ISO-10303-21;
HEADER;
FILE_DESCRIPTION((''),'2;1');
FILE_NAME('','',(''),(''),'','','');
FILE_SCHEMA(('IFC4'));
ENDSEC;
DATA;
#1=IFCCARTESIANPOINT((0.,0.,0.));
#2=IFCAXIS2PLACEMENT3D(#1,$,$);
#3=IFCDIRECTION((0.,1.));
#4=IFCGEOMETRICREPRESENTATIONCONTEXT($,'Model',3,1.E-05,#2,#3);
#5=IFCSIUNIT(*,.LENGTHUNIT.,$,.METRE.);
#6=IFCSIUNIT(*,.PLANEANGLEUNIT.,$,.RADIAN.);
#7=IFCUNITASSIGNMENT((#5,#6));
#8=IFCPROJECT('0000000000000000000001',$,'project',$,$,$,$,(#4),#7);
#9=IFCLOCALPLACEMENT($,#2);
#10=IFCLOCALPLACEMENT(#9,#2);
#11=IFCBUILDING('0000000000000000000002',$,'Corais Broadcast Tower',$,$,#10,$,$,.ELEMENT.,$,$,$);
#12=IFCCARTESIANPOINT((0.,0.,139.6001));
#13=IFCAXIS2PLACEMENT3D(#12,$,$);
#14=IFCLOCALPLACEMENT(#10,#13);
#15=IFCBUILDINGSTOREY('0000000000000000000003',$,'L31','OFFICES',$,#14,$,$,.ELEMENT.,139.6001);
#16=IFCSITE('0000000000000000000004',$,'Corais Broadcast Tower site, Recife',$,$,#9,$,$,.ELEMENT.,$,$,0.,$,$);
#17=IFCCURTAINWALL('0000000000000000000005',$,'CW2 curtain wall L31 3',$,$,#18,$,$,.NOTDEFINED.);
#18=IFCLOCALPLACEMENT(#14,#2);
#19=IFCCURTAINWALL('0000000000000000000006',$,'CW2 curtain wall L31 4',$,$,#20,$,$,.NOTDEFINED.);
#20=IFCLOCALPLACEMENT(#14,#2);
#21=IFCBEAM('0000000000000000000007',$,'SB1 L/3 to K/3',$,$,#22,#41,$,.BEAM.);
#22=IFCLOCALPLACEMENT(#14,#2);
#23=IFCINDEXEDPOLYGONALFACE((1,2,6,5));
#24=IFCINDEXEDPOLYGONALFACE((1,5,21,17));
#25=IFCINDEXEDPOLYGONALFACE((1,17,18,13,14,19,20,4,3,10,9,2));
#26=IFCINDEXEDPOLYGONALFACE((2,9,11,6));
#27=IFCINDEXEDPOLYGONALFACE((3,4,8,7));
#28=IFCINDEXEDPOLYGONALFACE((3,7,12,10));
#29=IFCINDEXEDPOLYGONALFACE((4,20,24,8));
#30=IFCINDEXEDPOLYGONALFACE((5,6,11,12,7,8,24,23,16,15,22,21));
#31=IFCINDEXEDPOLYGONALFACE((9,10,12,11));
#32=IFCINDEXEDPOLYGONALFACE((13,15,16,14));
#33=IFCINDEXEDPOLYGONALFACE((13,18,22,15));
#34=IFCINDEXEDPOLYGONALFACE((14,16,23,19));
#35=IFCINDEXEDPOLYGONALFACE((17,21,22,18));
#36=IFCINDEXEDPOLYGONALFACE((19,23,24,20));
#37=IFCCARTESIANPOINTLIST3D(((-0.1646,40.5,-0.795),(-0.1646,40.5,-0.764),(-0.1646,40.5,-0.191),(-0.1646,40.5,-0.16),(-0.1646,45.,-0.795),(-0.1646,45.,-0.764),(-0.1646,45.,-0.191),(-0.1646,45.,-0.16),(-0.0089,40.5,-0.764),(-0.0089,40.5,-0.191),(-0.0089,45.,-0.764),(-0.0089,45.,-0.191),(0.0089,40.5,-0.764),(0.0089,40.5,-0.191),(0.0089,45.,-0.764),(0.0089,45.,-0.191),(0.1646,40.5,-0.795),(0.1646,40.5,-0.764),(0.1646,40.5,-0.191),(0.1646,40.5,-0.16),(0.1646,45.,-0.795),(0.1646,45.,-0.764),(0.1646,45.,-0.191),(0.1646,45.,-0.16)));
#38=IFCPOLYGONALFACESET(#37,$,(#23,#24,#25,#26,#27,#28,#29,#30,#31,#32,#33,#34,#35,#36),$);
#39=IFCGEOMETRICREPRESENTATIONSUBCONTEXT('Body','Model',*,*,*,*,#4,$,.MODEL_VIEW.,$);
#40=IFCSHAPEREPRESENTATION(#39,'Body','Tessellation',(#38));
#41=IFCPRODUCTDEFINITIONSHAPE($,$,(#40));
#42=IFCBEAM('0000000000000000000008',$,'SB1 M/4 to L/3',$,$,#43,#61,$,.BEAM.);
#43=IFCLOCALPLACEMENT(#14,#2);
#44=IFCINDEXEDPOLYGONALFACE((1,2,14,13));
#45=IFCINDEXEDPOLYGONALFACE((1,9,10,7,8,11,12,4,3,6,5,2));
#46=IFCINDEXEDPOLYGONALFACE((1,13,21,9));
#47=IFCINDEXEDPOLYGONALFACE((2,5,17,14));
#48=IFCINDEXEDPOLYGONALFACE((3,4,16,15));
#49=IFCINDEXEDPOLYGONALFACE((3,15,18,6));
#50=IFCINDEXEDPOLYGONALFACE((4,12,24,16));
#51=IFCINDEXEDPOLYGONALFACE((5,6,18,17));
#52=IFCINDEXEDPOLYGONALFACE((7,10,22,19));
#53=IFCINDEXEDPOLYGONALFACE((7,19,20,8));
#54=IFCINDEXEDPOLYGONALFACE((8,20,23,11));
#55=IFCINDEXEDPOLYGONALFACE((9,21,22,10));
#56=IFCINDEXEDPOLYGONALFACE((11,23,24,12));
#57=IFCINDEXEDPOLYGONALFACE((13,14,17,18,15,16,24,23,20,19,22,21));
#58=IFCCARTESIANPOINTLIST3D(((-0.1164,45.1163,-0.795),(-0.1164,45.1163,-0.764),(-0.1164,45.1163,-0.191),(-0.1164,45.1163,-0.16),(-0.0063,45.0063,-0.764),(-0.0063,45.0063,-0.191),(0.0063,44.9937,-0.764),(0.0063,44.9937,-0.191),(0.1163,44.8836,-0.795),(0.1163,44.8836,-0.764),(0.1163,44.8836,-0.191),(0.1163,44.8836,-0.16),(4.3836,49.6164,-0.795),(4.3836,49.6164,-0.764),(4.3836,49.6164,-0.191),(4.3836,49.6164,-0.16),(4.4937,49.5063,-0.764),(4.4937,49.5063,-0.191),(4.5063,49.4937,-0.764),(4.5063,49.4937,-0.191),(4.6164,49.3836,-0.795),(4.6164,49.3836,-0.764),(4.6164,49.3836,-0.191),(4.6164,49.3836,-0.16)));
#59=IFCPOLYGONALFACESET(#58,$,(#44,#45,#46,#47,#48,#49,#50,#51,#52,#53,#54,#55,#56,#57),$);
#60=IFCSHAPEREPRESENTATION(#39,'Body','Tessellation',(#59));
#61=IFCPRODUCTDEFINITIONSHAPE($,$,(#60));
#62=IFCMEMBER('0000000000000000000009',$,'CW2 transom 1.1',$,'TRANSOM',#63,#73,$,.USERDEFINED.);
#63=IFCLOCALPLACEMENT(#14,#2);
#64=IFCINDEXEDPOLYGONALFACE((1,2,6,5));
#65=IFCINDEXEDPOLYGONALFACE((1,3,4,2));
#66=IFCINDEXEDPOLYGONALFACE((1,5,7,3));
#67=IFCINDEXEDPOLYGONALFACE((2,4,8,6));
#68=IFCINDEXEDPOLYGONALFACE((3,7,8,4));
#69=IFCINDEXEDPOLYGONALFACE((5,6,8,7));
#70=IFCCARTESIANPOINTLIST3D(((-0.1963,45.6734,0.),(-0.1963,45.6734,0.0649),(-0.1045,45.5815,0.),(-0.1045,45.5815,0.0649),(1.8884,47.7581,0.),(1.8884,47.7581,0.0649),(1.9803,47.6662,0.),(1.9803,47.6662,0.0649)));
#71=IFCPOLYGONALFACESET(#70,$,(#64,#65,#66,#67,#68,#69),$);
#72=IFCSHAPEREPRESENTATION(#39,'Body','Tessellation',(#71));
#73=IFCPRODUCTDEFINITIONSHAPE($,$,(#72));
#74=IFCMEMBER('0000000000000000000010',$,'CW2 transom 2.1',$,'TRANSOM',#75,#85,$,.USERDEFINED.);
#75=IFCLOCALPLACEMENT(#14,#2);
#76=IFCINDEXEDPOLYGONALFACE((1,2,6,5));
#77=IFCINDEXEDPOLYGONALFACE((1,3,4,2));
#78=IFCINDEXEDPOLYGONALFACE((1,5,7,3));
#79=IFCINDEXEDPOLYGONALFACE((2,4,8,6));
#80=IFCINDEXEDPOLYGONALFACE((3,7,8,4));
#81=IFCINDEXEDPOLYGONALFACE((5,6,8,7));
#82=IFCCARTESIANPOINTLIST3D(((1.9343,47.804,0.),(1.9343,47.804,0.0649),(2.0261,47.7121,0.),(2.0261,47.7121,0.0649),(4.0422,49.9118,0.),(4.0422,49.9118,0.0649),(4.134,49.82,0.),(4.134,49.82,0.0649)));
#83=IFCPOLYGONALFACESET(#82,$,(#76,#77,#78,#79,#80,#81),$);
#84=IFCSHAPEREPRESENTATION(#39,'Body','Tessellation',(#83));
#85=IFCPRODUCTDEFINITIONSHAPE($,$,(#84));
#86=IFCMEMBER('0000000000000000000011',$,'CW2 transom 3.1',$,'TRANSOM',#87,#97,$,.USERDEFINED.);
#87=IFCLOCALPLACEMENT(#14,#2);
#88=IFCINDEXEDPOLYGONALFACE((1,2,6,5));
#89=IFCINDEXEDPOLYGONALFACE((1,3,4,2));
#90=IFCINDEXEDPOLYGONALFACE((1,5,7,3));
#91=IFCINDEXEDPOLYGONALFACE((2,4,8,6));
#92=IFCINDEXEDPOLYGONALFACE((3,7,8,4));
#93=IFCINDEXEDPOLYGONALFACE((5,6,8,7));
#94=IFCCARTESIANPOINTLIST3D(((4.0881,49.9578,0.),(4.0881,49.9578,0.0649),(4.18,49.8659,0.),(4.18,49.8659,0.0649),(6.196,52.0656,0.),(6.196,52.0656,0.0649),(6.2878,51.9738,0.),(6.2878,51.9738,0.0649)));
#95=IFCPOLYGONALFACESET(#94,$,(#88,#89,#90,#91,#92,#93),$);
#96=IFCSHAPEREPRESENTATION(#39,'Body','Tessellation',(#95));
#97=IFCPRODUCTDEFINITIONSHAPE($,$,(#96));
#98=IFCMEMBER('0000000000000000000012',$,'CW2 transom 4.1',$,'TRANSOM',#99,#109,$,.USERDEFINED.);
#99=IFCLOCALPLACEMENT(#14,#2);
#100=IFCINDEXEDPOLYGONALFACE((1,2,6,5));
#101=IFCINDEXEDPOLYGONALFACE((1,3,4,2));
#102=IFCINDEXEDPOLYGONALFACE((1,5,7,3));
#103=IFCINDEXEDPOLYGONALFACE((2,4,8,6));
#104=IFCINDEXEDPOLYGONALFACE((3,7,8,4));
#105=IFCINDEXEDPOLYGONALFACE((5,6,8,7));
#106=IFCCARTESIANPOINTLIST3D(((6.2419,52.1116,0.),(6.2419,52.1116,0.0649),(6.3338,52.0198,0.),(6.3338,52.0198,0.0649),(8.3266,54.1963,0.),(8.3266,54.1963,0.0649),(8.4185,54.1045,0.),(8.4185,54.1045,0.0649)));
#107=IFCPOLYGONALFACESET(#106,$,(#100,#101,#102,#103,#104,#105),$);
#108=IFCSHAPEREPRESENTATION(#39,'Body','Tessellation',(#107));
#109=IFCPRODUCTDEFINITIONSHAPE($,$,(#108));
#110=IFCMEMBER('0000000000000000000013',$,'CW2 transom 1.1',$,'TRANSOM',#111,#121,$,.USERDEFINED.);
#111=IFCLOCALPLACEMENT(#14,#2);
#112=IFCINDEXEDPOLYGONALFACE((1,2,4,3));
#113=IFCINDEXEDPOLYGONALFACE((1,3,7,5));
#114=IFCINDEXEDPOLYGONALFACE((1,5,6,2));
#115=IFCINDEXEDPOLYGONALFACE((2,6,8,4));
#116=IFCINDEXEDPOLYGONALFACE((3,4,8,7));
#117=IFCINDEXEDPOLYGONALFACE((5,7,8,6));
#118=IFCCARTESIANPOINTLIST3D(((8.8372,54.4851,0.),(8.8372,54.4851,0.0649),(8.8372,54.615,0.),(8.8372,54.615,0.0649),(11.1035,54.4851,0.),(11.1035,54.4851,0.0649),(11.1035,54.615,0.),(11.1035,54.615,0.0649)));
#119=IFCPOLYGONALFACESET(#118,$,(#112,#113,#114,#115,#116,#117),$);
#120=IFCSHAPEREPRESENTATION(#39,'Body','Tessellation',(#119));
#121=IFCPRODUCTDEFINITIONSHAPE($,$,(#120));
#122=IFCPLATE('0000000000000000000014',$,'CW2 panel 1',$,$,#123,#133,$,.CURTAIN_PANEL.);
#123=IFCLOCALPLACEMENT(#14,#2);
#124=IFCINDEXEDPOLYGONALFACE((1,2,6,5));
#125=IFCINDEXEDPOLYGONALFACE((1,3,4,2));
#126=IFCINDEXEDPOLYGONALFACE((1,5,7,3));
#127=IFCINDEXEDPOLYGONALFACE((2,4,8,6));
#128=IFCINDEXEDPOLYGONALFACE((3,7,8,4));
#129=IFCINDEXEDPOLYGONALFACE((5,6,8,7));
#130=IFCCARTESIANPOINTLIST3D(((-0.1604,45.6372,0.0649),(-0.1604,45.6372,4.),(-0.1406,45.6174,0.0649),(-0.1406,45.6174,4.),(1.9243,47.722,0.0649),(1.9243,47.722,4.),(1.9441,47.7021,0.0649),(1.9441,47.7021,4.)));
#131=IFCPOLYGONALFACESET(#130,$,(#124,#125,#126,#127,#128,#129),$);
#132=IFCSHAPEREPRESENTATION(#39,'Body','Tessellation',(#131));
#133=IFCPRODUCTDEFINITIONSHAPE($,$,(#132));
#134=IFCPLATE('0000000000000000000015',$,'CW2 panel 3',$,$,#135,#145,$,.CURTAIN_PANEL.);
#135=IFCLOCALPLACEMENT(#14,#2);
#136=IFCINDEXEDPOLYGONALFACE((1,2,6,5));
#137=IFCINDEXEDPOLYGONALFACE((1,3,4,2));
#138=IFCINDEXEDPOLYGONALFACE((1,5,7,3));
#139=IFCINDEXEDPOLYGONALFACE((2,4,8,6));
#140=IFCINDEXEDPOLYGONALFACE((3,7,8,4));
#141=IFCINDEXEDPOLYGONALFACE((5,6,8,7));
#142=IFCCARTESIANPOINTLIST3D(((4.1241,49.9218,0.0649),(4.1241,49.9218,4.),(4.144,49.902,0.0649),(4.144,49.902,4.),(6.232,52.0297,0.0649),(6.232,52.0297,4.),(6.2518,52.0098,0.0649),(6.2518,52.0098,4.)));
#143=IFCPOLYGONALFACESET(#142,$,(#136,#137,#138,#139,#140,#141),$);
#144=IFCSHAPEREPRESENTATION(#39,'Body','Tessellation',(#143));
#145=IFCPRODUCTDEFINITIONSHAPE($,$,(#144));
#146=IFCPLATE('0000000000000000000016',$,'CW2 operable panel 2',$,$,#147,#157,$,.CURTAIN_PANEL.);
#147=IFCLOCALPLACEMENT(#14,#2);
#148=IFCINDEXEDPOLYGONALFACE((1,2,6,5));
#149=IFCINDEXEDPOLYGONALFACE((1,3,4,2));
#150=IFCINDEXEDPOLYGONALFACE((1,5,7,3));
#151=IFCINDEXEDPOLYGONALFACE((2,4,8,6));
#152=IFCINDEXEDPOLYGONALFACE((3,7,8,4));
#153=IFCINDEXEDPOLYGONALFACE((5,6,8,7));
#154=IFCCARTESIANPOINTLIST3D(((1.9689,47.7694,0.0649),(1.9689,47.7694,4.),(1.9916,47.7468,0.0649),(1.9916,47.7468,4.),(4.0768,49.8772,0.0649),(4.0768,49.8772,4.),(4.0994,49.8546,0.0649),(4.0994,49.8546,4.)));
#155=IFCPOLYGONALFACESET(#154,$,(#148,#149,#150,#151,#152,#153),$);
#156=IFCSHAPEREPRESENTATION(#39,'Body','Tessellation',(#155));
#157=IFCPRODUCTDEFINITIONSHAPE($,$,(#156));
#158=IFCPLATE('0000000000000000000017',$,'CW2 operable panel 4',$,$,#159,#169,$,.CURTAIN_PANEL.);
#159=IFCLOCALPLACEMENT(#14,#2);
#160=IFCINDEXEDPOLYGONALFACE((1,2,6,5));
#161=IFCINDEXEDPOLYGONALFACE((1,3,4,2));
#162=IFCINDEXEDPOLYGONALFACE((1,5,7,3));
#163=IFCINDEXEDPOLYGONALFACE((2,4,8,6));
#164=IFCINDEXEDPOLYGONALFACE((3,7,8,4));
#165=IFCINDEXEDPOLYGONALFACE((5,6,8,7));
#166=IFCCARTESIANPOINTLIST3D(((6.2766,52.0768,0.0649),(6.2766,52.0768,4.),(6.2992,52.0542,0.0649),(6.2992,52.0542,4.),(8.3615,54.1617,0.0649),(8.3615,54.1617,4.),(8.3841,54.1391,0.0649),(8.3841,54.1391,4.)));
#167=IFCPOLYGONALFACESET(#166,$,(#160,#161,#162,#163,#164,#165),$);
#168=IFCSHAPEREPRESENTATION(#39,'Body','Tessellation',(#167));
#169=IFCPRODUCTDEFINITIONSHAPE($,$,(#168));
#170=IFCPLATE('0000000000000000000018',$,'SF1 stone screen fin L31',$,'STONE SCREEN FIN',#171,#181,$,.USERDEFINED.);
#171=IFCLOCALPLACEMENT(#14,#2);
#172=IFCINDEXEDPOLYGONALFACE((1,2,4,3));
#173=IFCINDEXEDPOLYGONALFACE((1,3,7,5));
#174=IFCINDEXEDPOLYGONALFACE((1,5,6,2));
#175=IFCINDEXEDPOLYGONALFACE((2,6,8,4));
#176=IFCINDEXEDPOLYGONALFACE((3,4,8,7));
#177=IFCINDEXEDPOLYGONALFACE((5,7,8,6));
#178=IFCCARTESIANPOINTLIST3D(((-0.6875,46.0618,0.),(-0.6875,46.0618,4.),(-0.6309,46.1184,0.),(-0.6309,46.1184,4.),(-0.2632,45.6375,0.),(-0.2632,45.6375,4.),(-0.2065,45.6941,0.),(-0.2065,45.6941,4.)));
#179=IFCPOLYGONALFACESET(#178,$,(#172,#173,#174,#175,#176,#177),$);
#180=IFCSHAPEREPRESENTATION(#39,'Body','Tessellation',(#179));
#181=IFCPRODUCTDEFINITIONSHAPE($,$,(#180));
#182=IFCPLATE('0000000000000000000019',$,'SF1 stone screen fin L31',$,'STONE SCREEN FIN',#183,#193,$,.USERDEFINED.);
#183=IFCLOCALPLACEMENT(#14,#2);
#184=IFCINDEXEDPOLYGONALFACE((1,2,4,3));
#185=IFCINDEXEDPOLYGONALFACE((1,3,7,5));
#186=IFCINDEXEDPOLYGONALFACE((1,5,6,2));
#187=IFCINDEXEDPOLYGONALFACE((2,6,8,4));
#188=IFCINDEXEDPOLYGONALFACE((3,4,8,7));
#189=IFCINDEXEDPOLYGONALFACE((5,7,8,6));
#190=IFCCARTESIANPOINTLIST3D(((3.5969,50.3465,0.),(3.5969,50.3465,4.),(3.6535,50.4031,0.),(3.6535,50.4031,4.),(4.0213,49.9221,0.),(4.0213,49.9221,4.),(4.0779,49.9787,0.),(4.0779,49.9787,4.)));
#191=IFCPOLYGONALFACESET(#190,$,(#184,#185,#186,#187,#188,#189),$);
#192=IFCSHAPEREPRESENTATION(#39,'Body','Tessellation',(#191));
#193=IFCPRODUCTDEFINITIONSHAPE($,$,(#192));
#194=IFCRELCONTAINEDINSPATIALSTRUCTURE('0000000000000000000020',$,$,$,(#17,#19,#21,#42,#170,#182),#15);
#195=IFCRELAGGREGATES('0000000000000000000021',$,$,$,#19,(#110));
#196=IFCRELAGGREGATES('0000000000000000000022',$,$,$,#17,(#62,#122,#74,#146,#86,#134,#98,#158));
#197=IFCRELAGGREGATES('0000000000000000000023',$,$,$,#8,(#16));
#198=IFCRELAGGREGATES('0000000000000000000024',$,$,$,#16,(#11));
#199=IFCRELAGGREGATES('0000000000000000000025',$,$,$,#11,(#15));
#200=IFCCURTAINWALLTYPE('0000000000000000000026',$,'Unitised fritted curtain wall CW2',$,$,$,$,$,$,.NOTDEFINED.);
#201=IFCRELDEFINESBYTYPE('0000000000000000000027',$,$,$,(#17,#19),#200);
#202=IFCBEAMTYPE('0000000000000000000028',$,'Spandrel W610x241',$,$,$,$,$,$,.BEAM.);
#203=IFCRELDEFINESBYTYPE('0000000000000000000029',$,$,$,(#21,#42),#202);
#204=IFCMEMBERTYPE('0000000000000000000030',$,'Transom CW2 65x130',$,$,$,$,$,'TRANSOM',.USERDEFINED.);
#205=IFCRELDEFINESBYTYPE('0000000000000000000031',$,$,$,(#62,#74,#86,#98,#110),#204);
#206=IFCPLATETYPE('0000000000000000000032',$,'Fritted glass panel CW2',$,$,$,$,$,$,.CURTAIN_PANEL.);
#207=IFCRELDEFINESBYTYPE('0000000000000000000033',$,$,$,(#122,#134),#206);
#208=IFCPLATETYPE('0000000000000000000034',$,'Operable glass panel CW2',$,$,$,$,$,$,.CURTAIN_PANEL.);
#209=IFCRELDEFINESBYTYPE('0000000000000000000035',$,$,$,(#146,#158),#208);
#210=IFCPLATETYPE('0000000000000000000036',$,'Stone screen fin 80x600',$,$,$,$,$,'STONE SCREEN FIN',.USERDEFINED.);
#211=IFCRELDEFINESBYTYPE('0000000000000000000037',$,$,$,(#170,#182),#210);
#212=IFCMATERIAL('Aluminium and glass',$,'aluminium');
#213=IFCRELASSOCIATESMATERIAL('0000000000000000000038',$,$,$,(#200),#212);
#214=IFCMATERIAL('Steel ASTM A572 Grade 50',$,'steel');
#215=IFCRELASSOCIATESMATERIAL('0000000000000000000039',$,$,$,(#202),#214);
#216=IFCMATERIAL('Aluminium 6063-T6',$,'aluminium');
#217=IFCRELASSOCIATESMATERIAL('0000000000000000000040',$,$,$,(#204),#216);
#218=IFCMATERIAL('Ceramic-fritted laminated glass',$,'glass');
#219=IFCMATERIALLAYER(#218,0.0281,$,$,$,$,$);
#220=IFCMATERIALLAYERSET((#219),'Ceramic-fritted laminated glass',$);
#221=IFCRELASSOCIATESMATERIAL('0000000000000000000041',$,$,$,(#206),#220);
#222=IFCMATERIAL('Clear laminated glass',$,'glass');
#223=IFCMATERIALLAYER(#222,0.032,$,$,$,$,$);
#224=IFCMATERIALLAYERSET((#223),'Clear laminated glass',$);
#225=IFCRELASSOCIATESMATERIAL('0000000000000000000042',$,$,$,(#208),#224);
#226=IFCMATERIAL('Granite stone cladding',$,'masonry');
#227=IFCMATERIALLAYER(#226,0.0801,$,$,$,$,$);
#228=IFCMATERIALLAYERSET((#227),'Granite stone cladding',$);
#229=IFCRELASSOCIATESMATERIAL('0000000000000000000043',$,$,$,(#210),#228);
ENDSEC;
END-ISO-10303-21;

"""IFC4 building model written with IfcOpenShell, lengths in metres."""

from ifc_helpers import new_model, si_unit, direction, frame, origin, origin_2d, place, context, subcontext, project, spatial, rectangle, i_section, extrude, material, layer, layer_set, material_profile, profile_set, type_object, element, aggregate, save


model = new_model("IFC4")

# Units and contexts
model_context = context("Model", 3, precision=1e-05, world=origin(), true_north=direction((0.0, 1.0)))
body_context = subcontext(model_context, "Body", "Model", "MODEL_VIEW")
ifc_project = project(units=[si_unit("LENGTHUNIT", "METRE"), si_unit("PLANEANGLEUNIT", "RADIAN")], contexts=[model_context])

# Site, building, storey
site_placement = place(None, origin())
site = spatial("IfcSite", under=ifc_project, at=site_placement, Name="Corais Broadcast Tower site, Recife", CompositionType="ELEMENT", RefElevation=0.0)
building_placement = place(site_placement, origin())
building = spatial("IfcBuilding", under=site, at=building_placement, Name="Corais Broadcast Tower", CompositionType="ELEMENT")
storey_placement = place(building_placement, frame((0.0, 0.0, 139.6001)))
storey = spatial("IfcBuildingStorey", under=building, at=storey_placement, Name="L31", Description="OFFICES", CompositionType="ELEMENT", Elevation=139.6001)

# Shared definitions
ifc_material_1 = material(Name="Aluminium and glass", Category="aluminium")
curtain_wall_type = type_object("IfcCurtainWallType", Name="Unitised fritted curtain wall CW2", PredefinedType="NOTDEFINED", material=ifc_material_1)

# Curtain wall
curtain_wall_1_placement = place(storey_placement, origin())
curtain_wall_1 = element("IfcCurtainWall", 1, at=curtain_wall_1_placement, inside=storey, type_object=curtain_wall_type, Name="CW2 curtain wall L31 3", PredefinedType="NOTDEFINED")

# Curtain wall
curtain_wall_2_placement = place(storey_placement, origin())
curtain_wall_2 = element("IfcCurtainWall", 2, at=curtain_wall_2_placement, inside=storey, type_object=curtain_wall_type, Name="CW2 curtain wall L31 4", PredefinedType="NOTDEFINED")

# Beams
ifc_material_2 = material(Name="Steel ASTM A572 Grade 50", Category="steel")
ifc_material_profile_1 = material_profile(ifc_material_2, i_section(OverallWidth=0.3291, OverallDepth=0.635, WebThickness=0.0178, FlangeThickness=0.031, at=origin_2d()), Name="W610x241")
ifc_profile_set_1 = profile_set([ifc_material_profile_1], Name="Steel ASTM A572 Grade 50")
beam_type_1 = type_object("IfcBeamType", Name="Spandrel W610x241", PredefinedType="BEAM", material=ifc_profile_set_1)
beam_1_placement = place(storey_placement, frame((0.0, 45.0, -0.4775), z_axis=(0.0, -1.0, 0.0), x_axis=(1.0, 0.0, 0.0)))
element("IfcBeam", 3, at=beam_1_placement, inside=storey, type_object=beam_type_1, Name="SB1 L/3 to K/3", PredefinedType="BEAM", context=body_context, shape_type="SweptSolid", body=[
    extrude(i_section(OverallWidth=0.3291, OverallDepth=0.635, WebThickness=0.0178, FlangeThickness=0.031, at=origin_2d()), origin(), (0.0, 0.0, 1.0), 4.5),
])
beam_2_placement = place(storey_placement, frame((4.5, 49.5, -0.4775), z_axis=(-0.707107, -0.707107, 0.0), x_axis=(0.707107, -0.707107, 0.0)))
element("IfcBeam", 4, at=beam_2_placement, inside=storey, type_object=beam_type_1, Name="SB1 M/4 to L/3", PredefinedType="BEAM", context=body_context, shape_type="SweptSolid", body=[
    extrude(i_section(OverallWidth=0.3291, OverallDepth=0.635, WebThickness=0.0178, FlangeThickness=0.031, at=origin_2d()), origin(), (0.0, 0.0, 1.0), 6.364),
])

# Members
ifc_material_3 = material(Name="Aluminium 6063-T6", Category="aluminium")
ifc_material_profile_2 = material_profile(ifc_material_3, rectangle(XDim=0.1299, YDim=0.0649, at=origin_2d()), Name="Transom CW2 65x130")
ifc_profile_set_2 = profile_set([ifc_material_profile_2], Name="Aluminium 6063-T6")
member_type_1 = type_object("IfcMemberType", Name="Transom CW2 65x130", ElementType="TRANSOM", PredefinedType="USERDEFINED", material=ifc_profile_set_2)
member_1_placement = place(storey_placement, frame((-0.1504, 45.6274, 0.0325), z_axis=(0.707107, 0.707107, 0.0), x_axis=(-0.707107, 0.707107, 0.0)))
member_1 = element("IfcMember", 5, at=member_1_placement, type_object=member_type_1, Name="CW2 transom 1.1", ObjectType="TRANSOM", PredefinedType="USERDEFINED", context=body_context, shape_type="SweptSolid", body=[
    extrude(rectangle(XDim=0.1299, YDim=0.0649, at=origin_2d()), origin(), (0.0, 0.0, 1.0), 2.9482),
])
member_2_placement = place(storey_placement, frame((1.9802, 47.7581, 0.0325), z_axis=(0.707107, 0.707107, 0.0), x_axis=(-0.707107, 0.707107, 0.0)))
member_2 = element("IfcMember", 6, at=member_2_placement, type_object=member_type_1, Name="CW2 transom 2.1", ObjectType="TRANSOM", PredefinedType="USERDEFINED", context=body_context, shape_type="SweptSolid", body=[
    extrude(rectangle(XDim=0.1299, YDim=0.0649, at=origin_2d()), origin(), (0.0, 0.0, 1.0), 2.981),
])
member_3_placement = place(storey_placement, frame((4.134, 49.9119, 0.0325), z_axis=(0.707107, 0.707107, 0.0), x_axis=(-0.707107, 0.707107, 0.0)))
member_3 = element("IfcMember", 7, at=member_3_placement, type_object=member_type_1, Name="CW2 transom 3.1", ObjectType="TRANSOM", PredefinedType="USERDEFINED", context=body_context, shape_type="SweptSolid", body=[
    extrude(rectangle(XDim=0.1299, YDim=0.0649, at=origin_2d()), origin(), (0.0, 0.0, 1.0), 2.981),
])
member_4_placement = place(storey_placement, frame((6.2878, 52.0657, 0.0325), z_axis=(0.707107, 0.707107, 0.0), x_axis=(-0.707107, 0.707107, 0.0)))
member_4 = element("IfcMember", 8, at=member_4_placement, type_object=member_type_1, Name="CW2 transom 4.1", ObjectType="TRANSOM", PredefinedType="USERDEFINED", context=body_context, shape_type="SweptSolid", body=[
    extrude(rectangle(XDim=0.1299, YDim=0.0649, at=origin_2d()), origin(), (0.0, 0.0, 1.0), 2.9482),
])
member_5_placement = place(storey_placement, frame((8.8372, 54.55, 0.0325), z_axis=(1.0, 0.0, 0.0), x_axis=(0.0, 1.0, 0.0)))
member_5 = element("IfcMember", 9, at=member_5_placement, type_object=member_type_1, Name="CW2 transom 1.1", ObjectType="TRANSOM", PredefinedType="USERDEFINED", context=body_context, shape_type="SweptSolid", body=[
    extrude(rectangle(XDim=0.1299, YDim=0.0649, at=origin_2d()), origin(), (0.0, 0.0, 1.0), 2.2664),
])
aggregate(curtain_wall_2, [member_5])

# Plates
ifc_material_4 = material(Name="Ceramic-fritted laminated glass", Category="glass")
ifc_layer_1 = layer(ifc_material_4, 0.0281)
ifc_layer_set_1 = layer_set([ifc_layer_1], Name="Ceramic-fritted laminated glass")
plate_type_1 = type_object("IfcPlateType", Name="Fritted glass panel CW2", PredefinedType="CURTAIN_PANEL", material=ifc_layer_set_1)
plate_1_placement = place(storey_placement, frame((0.8918, 46.6697, 0.0649), z_axis=(0.0, 0.0, 1.0), x_axis=(0.707107, 0.707107, 0.0)))
plate_1 = element("IfcPlate", 10, at=plate_1_placement, type_object=plate_type_1, Name="CW2 panel 1", PredefinedType="CURTAIN_PANEL", context=body_context, shape_type="SweptSolid", body=[
    extrude(rectangle(XDim=2.9482, YDim=0.0281, at=origin_2d()), origin(), (0.0, 0.0, 1.0), 3.9351),
])
plate_2_placement = place(storey_placement, frame((5.188, 50.9658, 0.0649), z_axis=(0.0, 0.0, 1.0), x_axis=(0.707107, 0.707107, 0.0)))
plate_2 = element("IfcPlate", 11, at=plate_2_placement, type_object=plate_type_1, Name="CW2 panel 3", PredefinedType="CURTAIN_PANEL", context=body_context, shape_type="SweptSolid", body=[
    extrude(rectangle(XDim=2.981, YDim=0.0281, at=origin_2d()), origin(), (0.0, 0.0, 1.0), 3.9351),
])
ifc_material_5 = material(Name="Clear laminated glass", Category="glass")
ifc_layer_2 = layer(ifc_material_5, 0.032)
ifc_layer_set_2 = layer_set([ifc_layer_2], Name="Clear laminated glass")
plate_type_2 = type_object("IfcPlateType", Name="Operable glass panel CW2", PredefinedType="CURTAIN_PANEL", material=ifc_layer_set_2)
plate_3_placement = place(storey_placement, frame((3.0342, 48.812, 0.0649), z_axis=(0.0, 0.0, 1.0), x_axis=(0.707107, 0.707107, 0.0)))
plate_3 = element("IfcPlate", 12, at=plate_3_placement, type_object=plate_type_2, Name="CW2 operable panel 2", PredefinedType="CURTAIN_PANEL", context=body_context, shape_type="SweptSolid", body=[
    extrude(rectangle(XDim=2.981, YDim=0.032, at=origin_2d()), origin(), (0.0, 0.0, 1.0), 3.9351),
])
plate_4_placement = place(storey_placement, frame((7.3303, 53.1079, 0.0649), z_axis=(0.0, 0.0, 1.0), x_axis=(0.707107, 0.707107, 0.0)))
plate_4 = element("IfcPlate", 13, at=plate_4_placement, type_object=plate_type_2, Name="CW2 operable panel 4", PredefinedType="CURTAIN_PANEL", context=body_context, shape_type="SweptSolid", body=[
    extrude(rectangle(XDim=2.9485, YDim=0.032, at=origin_2d()), origin(), (0.0, 0.0, 1.0), 3.9351),
])
aggregate(curtain_wall_1, [member_1, plate_1, member_2, plate_3, member_3, plate_2, member_4, plate_4])

# Plates
ifc_material_6 = material(Name="Granite stone cladding", Category="masonry")
ifc_layer_3 = layer(ifc_material_6, 0.0801)
ifc_layer_set_3 = layer_set([ifc_layer_3], Name="Granite stone cladding")
plate_type_3 = type_object("IfcPlateType", Name="Stone screen fin 80x600", ElementType="STONE SCREEN FIN", PredefinedType="USERDEFINED", material=ifc_layer_set_3)
for number, where, z_axis, x_axis, name in (
    (14, (-0.447, 45.8779, 0.0), (0.0, 0.0, 1.0), (0.707107, 0.707107, 0.0), "SF1 stone screen fin L31"),
    (15, (3.8374, 50.1626, 0.0), (0.0, 0.0, 1.0), (0.707107, 0.707107, 0.0), "SF1 stone screen fin L31"),
):
    element("IfcPlate", number, at=place(storey_placement, frame(where, z_axis=z_axis, x_axis=x_axis)), inside=storey, type_object=plate_type_3, Name=name, ObjectType="STONE SCREEN FIN", PredefinedType="USERDEFINED", context=body_context, shape_type="SweptSolid", body=[
        extrude(rectangle(XDim=0.0801, YDim=0.6001, at=origin_2d()), origin(), (0.0, 0.0, 1.0), 4.0),
    ])

save(model, "model.ifc")
